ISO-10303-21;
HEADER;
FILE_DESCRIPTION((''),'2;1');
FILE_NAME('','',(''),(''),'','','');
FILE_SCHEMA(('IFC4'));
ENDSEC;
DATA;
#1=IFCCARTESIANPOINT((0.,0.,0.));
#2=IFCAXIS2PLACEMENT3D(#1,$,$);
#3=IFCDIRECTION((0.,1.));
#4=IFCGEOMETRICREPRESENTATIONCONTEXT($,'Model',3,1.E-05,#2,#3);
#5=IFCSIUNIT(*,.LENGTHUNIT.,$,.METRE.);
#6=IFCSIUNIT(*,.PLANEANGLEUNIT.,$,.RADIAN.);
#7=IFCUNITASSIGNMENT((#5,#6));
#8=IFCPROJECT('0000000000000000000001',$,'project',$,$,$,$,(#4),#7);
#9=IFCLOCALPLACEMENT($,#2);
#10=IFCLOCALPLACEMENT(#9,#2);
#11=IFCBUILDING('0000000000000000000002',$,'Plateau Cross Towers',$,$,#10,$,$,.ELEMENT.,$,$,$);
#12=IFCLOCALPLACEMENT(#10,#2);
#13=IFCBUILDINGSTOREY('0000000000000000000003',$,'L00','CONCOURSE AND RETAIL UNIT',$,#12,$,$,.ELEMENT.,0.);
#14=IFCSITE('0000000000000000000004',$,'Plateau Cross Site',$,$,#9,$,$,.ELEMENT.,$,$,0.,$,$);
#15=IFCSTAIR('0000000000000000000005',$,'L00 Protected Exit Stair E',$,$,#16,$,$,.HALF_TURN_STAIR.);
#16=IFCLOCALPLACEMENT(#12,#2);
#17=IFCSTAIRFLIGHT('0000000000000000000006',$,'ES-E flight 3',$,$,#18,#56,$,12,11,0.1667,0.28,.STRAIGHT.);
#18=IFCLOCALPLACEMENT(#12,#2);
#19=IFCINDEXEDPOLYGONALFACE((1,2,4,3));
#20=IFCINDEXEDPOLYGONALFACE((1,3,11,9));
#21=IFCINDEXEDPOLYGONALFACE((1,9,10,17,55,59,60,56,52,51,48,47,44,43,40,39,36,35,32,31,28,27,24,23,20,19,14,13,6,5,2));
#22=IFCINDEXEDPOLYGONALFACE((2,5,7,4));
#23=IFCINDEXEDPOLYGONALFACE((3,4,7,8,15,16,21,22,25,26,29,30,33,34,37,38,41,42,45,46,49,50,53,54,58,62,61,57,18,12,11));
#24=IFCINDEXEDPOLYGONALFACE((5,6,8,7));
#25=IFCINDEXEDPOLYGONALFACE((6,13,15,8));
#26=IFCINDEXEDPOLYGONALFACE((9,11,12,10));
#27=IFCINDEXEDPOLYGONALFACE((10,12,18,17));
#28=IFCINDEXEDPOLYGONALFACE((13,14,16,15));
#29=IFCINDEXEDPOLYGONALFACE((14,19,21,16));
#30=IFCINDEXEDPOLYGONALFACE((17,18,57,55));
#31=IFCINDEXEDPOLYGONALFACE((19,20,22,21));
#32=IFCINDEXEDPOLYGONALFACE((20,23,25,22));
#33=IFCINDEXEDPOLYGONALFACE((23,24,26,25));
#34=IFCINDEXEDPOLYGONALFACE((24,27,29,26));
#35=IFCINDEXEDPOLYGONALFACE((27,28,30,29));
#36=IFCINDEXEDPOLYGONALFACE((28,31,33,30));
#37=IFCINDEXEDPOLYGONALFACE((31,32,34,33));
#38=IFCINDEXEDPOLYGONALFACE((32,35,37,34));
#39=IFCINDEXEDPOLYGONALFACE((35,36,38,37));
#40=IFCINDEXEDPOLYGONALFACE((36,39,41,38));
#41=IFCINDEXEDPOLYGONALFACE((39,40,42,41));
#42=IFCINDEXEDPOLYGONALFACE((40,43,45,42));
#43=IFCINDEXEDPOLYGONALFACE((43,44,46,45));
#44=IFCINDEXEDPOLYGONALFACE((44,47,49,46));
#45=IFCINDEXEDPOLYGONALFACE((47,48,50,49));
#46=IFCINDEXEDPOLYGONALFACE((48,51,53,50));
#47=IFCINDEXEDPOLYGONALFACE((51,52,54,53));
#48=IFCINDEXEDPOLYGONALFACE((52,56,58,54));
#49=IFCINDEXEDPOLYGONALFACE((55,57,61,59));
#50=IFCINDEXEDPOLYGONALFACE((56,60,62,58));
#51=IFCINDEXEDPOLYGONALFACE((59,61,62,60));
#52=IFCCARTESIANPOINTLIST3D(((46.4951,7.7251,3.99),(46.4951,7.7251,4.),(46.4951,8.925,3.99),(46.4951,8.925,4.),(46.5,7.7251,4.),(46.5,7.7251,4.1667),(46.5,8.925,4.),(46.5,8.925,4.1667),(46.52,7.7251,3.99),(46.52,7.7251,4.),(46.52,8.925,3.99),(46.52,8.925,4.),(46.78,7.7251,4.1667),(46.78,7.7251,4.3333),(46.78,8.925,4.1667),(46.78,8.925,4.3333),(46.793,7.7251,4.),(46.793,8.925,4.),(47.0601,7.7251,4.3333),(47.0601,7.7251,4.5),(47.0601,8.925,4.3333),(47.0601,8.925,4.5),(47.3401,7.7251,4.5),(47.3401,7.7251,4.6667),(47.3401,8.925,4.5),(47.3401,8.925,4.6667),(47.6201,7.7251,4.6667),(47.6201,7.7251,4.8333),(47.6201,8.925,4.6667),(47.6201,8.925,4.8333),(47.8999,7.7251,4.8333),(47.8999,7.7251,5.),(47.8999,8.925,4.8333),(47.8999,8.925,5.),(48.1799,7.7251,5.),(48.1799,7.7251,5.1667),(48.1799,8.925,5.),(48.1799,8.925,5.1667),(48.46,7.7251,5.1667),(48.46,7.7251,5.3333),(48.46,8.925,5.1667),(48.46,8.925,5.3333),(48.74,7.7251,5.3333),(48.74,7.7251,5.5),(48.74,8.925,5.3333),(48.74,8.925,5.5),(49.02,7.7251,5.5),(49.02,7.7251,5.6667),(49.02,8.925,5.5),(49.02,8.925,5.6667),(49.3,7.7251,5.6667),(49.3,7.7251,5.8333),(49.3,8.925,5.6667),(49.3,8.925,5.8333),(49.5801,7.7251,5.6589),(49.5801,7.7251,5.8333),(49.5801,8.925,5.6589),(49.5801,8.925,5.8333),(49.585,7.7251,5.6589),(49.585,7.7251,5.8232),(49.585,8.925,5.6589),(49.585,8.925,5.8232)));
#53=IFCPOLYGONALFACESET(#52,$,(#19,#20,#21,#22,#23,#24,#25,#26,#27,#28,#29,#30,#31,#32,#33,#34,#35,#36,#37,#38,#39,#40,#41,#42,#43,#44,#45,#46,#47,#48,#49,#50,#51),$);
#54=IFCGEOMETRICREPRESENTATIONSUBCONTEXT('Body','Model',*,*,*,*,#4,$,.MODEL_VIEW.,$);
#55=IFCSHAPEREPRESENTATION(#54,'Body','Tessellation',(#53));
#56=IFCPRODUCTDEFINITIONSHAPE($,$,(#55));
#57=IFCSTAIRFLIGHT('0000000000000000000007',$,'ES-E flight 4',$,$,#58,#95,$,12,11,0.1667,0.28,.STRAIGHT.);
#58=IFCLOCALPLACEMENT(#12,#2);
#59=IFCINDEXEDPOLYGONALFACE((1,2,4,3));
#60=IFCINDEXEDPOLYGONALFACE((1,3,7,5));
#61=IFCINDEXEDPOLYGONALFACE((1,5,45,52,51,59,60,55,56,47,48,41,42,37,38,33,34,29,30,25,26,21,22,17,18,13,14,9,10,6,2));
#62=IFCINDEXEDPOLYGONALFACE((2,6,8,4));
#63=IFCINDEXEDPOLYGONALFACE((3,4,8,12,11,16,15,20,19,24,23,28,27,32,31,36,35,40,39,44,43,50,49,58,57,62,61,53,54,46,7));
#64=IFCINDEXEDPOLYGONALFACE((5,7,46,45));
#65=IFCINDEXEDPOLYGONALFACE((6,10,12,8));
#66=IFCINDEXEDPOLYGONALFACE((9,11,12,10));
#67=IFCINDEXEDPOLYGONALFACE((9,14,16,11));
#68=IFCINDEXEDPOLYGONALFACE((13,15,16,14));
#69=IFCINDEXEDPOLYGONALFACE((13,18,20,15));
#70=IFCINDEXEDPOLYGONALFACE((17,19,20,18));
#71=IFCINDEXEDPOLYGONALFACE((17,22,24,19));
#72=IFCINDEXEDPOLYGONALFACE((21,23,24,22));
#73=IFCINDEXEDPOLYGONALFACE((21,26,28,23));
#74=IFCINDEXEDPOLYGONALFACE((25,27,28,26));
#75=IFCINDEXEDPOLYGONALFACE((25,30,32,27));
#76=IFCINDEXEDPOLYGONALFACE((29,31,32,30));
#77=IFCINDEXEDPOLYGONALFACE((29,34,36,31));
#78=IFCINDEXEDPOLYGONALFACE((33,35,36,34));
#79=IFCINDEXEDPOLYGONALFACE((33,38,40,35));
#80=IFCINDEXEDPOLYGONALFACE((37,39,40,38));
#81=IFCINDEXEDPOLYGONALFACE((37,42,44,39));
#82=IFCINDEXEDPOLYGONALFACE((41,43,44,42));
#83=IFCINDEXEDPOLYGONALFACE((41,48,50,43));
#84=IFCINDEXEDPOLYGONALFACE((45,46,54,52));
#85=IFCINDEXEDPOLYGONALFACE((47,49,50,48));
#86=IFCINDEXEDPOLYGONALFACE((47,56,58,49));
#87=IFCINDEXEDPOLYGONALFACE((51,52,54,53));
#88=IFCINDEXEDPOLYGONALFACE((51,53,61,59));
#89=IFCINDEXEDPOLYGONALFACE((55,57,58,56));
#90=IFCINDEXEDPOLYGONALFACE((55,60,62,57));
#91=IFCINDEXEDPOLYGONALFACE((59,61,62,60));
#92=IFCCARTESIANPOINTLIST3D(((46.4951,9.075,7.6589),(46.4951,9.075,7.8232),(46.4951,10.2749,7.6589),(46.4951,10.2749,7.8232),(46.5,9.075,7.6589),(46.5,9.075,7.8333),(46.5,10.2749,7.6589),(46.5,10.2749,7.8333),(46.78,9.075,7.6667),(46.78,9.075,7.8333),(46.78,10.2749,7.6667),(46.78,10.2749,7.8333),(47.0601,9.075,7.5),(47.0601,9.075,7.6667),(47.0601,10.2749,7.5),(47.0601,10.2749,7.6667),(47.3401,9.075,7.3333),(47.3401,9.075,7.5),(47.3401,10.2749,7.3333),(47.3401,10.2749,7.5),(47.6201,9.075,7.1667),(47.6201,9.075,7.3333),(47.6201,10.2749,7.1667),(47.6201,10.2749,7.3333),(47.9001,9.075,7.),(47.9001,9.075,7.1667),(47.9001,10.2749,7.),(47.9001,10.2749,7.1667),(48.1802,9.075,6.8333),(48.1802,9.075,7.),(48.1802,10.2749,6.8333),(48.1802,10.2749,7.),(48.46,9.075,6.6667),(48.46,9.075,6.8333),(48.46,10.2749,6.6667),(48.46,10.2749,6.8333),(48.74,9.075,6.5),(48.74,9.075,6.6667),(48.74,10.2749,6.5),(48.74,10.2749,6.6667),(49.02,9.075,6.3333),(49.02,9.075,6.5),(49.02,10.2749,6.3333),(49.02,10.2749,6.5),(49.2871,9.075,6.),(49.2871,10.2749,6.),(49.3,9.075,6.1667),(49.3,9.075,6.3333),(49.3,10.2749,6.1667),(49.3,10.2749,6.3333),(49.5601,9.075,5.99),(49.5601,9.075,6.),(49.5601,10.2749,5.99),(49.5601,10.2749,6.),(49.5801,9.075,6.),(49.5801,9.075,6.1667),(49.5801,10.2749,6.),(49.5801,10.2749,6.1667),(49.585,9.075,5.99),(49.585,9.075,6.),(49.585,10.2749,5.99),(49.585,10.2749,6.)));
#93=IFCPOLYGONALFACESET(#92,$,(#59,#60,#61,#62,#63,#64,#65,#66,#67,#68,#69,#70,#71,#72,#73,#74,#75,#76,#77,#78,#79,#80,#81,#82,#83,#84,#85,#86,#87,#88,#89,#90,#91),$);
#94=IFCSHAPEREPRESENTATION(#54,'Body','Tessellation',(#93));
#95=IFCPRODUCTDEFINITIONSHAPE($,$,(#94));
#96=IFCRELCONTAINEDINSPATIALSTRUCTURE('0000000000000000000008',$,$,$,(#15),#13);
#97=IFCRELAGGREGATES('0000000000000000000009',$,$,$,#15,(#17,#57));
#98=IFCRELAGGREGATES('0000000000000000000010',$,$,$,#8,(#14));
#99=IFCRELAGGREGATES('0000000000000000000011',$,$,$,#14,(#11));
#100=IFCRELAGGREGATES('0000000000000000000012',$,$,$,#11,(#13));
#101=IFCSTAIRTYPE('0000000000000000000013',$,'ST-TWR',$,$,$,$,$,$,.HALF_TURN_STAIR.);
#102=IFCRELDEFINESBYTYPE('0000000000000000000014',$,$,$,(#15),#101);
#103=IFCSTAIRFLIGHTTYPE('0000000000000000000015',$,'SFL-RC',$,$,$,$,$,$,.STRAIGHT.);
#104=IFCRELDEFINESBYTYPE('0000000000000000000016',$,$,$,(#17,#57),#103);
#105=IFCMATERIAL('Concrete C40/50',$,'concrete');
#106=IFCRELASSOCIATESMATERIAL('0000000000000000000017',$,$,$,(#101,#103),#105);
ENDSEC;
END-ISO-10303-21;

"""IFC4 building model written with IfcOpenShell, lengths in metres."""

from ifc_helpers import new_model, si_unit, direction, frame, origin, place, context, subcontext, project, spatial, polyline, outline, extrude, material, type_object, element, aggregate, save


model = new_model("IFC4")

# Units and contexts
model_context = context("Model", 3, precision=1e-05, world=origin(), true_north=direction((0.0, 1.0)))
body_context = subcontext(model_context, "Body", "Model", "MODEL_VIEW")
ifc_project = project(units=[si_unit("LENGTHUNIT", "METRE"), si_unit("PLANEANGLEUNIT", "RADIAN")], contexts=[model_context])

# Site, building, storey
site_placement = place(None, origin())
site = spatial("IfcSite", under=ifc_project, at=site_placement, Name="Plateau Cross Site", CompositionType="ELEMENT", RefElevation=0.0)
building_placement = place(site_placement, origin())
building = spatial("IfcBuilding", under=site, at=building_placement, Name="Plateau Cross Towers", CompositionType="ELEMENT")
storey_placement = place(building_placement, origin())
storey = spatial("IfcBuildingStorey", under=building, at=storey_placement, Name="L00", Description="CONCOURSE AND RETAIL UNIT", CompositionType="ELEMENT", Elevation=0.0)

# Stair, stair flights
ifc_material_1 = material(Name="Concrete C40/50", Category="concrete")
stair_type = type_object("IfcStairType", Name="ST-TWR", PredefinedType="HALF_TURN_STAIR", material=ifc_material_1)
stair_placement = place(storey_placement, origin())
stair = element("IfcStair", 1, at=stair_placement, inside=storey, type_object=stair_type, Name="L00 Protected Exit Stair E", PredefinedType="HALF_TURN_STAIR")
stair_flight_type = type_object("IfcStairFlightType", Name="SFL-RC", PredefinedType="STRAIGHT", material=ifc_material_1)
stair_flight_1_placement = place(storey_placement, frame((46.5, 8.325, 4.0), z_axis=(0.0, 0.0, 1.0), x_axis=(1.0, 0.0, 0.0)))
stair_flight_1 = element("IfcStairFlight", 2, at=stair_flight_1_placement, type_object=stair_flight_type, Name="ES-E flight 3", NumberOfRisers=12, NumberOfTreads=11, PredefinedType="STRAIGHT", RiserHeight=0.1667, TreadLength=0.28, context=body_context, shape_type="SweptSolid", body=[
    extrude(outline(polyline([(-0.0049, -0.01), (-0.0049, 0.0), (0.0, 0.0), (0.0, 0.1667), (0.28, 0.1667), (0.28, 0.3333), (0.5601, 0.3333), (0.5601, 0.5), (0.8401, 0.5), (0.8401, 0.6667), (1.1201, 0.6667), (1.1201, 0.8333), (1.3999, 0.8333), (1.3999, 1.0), (1.6799, 1.0), (1.6799, 1.1667), (1.96, 1.1667), (1.96, 1.3333), (2.24, 1.3333), (2.24, 1.5), (2.52, 1.5), (2.52, 1.6667), (2.8, 1.6667), (2.8, 1.8333), (3.0801, 1.8333), (3.085, 1.8232), (3.085, 1.6589), (3.0801, 1.6589), (0.293, 0.0), (0.02, 0.0), (0.02, -0.01), (-0.0049, -0.01)])), frame((0.0, 0.6001, 0.0), z_axis=(0.0, -1.0, 0.0), x_axis=(1.0, 0.0, 0.0)), (0.0, 0.0, 1.0), 1.2),
])
stair_flight_2_placement = place(storey_placement, frame((49.5801, 9.675, 6.0), z_axis=(0.0, 0.0, 1.0), x_axis=(-1.0, 0.0, 0.0)))
stair_flight_2 = element("IfcStairFlight", 3, at=stair_flight_2_placement, type_object=stair_flight_type, Name="ES-E flight 4", NumberOfRisers=12, NumberOfTreads=11, PredefinedType="STRAIGHT", RiserHeight=0.1667, TreadLength=0.28, context=body_context, shape_type="SweptSolid", body=[
    extrude(outline(polyline([(-0.0049, -0.01), (-0.0049, 0.0), (0.0, 0.0), (0.0, 0.1667), (0.28, 0.1667), (0.28, 0.3333), (0.5601, 0.3333), (0.5601, 0.5), (0.8401, 0.5), (0.8401, 0.6667), (1.1201, 0.6667), (1.1201, 0.8333), (1.3999, 0.8333), (1.3999, 1.0), (1.6799, 1.0), (1.6799, 1.1667), (1.96, 1.1667), (1.96, 1.3333), (2.24, 1.3333), (2.24, 1.5), (2.52, 1.5), (2.52, 1.6667), (2.8, 1.6667), (2.8, 1.8333), (3.0801, 1.8333), (3.085, 1.8232), (3.085, 1.6589), (3.0801, 1.6589), (0.293, 0.0), (0.02, 0.0), (0.02, -0.01), (-0.0049, -0.01)])), frame((0.0, 0.6001, 0.0), z_axis=(0.0, -1.0, 0.0), x_axis=(1.0, 0.0, 0.0)), (0.0, 0.0, 1.0), 1.2),
])
aggregate(stair, [stair_flight_1, stair_flight_2])

save(model, "model.ifc")
